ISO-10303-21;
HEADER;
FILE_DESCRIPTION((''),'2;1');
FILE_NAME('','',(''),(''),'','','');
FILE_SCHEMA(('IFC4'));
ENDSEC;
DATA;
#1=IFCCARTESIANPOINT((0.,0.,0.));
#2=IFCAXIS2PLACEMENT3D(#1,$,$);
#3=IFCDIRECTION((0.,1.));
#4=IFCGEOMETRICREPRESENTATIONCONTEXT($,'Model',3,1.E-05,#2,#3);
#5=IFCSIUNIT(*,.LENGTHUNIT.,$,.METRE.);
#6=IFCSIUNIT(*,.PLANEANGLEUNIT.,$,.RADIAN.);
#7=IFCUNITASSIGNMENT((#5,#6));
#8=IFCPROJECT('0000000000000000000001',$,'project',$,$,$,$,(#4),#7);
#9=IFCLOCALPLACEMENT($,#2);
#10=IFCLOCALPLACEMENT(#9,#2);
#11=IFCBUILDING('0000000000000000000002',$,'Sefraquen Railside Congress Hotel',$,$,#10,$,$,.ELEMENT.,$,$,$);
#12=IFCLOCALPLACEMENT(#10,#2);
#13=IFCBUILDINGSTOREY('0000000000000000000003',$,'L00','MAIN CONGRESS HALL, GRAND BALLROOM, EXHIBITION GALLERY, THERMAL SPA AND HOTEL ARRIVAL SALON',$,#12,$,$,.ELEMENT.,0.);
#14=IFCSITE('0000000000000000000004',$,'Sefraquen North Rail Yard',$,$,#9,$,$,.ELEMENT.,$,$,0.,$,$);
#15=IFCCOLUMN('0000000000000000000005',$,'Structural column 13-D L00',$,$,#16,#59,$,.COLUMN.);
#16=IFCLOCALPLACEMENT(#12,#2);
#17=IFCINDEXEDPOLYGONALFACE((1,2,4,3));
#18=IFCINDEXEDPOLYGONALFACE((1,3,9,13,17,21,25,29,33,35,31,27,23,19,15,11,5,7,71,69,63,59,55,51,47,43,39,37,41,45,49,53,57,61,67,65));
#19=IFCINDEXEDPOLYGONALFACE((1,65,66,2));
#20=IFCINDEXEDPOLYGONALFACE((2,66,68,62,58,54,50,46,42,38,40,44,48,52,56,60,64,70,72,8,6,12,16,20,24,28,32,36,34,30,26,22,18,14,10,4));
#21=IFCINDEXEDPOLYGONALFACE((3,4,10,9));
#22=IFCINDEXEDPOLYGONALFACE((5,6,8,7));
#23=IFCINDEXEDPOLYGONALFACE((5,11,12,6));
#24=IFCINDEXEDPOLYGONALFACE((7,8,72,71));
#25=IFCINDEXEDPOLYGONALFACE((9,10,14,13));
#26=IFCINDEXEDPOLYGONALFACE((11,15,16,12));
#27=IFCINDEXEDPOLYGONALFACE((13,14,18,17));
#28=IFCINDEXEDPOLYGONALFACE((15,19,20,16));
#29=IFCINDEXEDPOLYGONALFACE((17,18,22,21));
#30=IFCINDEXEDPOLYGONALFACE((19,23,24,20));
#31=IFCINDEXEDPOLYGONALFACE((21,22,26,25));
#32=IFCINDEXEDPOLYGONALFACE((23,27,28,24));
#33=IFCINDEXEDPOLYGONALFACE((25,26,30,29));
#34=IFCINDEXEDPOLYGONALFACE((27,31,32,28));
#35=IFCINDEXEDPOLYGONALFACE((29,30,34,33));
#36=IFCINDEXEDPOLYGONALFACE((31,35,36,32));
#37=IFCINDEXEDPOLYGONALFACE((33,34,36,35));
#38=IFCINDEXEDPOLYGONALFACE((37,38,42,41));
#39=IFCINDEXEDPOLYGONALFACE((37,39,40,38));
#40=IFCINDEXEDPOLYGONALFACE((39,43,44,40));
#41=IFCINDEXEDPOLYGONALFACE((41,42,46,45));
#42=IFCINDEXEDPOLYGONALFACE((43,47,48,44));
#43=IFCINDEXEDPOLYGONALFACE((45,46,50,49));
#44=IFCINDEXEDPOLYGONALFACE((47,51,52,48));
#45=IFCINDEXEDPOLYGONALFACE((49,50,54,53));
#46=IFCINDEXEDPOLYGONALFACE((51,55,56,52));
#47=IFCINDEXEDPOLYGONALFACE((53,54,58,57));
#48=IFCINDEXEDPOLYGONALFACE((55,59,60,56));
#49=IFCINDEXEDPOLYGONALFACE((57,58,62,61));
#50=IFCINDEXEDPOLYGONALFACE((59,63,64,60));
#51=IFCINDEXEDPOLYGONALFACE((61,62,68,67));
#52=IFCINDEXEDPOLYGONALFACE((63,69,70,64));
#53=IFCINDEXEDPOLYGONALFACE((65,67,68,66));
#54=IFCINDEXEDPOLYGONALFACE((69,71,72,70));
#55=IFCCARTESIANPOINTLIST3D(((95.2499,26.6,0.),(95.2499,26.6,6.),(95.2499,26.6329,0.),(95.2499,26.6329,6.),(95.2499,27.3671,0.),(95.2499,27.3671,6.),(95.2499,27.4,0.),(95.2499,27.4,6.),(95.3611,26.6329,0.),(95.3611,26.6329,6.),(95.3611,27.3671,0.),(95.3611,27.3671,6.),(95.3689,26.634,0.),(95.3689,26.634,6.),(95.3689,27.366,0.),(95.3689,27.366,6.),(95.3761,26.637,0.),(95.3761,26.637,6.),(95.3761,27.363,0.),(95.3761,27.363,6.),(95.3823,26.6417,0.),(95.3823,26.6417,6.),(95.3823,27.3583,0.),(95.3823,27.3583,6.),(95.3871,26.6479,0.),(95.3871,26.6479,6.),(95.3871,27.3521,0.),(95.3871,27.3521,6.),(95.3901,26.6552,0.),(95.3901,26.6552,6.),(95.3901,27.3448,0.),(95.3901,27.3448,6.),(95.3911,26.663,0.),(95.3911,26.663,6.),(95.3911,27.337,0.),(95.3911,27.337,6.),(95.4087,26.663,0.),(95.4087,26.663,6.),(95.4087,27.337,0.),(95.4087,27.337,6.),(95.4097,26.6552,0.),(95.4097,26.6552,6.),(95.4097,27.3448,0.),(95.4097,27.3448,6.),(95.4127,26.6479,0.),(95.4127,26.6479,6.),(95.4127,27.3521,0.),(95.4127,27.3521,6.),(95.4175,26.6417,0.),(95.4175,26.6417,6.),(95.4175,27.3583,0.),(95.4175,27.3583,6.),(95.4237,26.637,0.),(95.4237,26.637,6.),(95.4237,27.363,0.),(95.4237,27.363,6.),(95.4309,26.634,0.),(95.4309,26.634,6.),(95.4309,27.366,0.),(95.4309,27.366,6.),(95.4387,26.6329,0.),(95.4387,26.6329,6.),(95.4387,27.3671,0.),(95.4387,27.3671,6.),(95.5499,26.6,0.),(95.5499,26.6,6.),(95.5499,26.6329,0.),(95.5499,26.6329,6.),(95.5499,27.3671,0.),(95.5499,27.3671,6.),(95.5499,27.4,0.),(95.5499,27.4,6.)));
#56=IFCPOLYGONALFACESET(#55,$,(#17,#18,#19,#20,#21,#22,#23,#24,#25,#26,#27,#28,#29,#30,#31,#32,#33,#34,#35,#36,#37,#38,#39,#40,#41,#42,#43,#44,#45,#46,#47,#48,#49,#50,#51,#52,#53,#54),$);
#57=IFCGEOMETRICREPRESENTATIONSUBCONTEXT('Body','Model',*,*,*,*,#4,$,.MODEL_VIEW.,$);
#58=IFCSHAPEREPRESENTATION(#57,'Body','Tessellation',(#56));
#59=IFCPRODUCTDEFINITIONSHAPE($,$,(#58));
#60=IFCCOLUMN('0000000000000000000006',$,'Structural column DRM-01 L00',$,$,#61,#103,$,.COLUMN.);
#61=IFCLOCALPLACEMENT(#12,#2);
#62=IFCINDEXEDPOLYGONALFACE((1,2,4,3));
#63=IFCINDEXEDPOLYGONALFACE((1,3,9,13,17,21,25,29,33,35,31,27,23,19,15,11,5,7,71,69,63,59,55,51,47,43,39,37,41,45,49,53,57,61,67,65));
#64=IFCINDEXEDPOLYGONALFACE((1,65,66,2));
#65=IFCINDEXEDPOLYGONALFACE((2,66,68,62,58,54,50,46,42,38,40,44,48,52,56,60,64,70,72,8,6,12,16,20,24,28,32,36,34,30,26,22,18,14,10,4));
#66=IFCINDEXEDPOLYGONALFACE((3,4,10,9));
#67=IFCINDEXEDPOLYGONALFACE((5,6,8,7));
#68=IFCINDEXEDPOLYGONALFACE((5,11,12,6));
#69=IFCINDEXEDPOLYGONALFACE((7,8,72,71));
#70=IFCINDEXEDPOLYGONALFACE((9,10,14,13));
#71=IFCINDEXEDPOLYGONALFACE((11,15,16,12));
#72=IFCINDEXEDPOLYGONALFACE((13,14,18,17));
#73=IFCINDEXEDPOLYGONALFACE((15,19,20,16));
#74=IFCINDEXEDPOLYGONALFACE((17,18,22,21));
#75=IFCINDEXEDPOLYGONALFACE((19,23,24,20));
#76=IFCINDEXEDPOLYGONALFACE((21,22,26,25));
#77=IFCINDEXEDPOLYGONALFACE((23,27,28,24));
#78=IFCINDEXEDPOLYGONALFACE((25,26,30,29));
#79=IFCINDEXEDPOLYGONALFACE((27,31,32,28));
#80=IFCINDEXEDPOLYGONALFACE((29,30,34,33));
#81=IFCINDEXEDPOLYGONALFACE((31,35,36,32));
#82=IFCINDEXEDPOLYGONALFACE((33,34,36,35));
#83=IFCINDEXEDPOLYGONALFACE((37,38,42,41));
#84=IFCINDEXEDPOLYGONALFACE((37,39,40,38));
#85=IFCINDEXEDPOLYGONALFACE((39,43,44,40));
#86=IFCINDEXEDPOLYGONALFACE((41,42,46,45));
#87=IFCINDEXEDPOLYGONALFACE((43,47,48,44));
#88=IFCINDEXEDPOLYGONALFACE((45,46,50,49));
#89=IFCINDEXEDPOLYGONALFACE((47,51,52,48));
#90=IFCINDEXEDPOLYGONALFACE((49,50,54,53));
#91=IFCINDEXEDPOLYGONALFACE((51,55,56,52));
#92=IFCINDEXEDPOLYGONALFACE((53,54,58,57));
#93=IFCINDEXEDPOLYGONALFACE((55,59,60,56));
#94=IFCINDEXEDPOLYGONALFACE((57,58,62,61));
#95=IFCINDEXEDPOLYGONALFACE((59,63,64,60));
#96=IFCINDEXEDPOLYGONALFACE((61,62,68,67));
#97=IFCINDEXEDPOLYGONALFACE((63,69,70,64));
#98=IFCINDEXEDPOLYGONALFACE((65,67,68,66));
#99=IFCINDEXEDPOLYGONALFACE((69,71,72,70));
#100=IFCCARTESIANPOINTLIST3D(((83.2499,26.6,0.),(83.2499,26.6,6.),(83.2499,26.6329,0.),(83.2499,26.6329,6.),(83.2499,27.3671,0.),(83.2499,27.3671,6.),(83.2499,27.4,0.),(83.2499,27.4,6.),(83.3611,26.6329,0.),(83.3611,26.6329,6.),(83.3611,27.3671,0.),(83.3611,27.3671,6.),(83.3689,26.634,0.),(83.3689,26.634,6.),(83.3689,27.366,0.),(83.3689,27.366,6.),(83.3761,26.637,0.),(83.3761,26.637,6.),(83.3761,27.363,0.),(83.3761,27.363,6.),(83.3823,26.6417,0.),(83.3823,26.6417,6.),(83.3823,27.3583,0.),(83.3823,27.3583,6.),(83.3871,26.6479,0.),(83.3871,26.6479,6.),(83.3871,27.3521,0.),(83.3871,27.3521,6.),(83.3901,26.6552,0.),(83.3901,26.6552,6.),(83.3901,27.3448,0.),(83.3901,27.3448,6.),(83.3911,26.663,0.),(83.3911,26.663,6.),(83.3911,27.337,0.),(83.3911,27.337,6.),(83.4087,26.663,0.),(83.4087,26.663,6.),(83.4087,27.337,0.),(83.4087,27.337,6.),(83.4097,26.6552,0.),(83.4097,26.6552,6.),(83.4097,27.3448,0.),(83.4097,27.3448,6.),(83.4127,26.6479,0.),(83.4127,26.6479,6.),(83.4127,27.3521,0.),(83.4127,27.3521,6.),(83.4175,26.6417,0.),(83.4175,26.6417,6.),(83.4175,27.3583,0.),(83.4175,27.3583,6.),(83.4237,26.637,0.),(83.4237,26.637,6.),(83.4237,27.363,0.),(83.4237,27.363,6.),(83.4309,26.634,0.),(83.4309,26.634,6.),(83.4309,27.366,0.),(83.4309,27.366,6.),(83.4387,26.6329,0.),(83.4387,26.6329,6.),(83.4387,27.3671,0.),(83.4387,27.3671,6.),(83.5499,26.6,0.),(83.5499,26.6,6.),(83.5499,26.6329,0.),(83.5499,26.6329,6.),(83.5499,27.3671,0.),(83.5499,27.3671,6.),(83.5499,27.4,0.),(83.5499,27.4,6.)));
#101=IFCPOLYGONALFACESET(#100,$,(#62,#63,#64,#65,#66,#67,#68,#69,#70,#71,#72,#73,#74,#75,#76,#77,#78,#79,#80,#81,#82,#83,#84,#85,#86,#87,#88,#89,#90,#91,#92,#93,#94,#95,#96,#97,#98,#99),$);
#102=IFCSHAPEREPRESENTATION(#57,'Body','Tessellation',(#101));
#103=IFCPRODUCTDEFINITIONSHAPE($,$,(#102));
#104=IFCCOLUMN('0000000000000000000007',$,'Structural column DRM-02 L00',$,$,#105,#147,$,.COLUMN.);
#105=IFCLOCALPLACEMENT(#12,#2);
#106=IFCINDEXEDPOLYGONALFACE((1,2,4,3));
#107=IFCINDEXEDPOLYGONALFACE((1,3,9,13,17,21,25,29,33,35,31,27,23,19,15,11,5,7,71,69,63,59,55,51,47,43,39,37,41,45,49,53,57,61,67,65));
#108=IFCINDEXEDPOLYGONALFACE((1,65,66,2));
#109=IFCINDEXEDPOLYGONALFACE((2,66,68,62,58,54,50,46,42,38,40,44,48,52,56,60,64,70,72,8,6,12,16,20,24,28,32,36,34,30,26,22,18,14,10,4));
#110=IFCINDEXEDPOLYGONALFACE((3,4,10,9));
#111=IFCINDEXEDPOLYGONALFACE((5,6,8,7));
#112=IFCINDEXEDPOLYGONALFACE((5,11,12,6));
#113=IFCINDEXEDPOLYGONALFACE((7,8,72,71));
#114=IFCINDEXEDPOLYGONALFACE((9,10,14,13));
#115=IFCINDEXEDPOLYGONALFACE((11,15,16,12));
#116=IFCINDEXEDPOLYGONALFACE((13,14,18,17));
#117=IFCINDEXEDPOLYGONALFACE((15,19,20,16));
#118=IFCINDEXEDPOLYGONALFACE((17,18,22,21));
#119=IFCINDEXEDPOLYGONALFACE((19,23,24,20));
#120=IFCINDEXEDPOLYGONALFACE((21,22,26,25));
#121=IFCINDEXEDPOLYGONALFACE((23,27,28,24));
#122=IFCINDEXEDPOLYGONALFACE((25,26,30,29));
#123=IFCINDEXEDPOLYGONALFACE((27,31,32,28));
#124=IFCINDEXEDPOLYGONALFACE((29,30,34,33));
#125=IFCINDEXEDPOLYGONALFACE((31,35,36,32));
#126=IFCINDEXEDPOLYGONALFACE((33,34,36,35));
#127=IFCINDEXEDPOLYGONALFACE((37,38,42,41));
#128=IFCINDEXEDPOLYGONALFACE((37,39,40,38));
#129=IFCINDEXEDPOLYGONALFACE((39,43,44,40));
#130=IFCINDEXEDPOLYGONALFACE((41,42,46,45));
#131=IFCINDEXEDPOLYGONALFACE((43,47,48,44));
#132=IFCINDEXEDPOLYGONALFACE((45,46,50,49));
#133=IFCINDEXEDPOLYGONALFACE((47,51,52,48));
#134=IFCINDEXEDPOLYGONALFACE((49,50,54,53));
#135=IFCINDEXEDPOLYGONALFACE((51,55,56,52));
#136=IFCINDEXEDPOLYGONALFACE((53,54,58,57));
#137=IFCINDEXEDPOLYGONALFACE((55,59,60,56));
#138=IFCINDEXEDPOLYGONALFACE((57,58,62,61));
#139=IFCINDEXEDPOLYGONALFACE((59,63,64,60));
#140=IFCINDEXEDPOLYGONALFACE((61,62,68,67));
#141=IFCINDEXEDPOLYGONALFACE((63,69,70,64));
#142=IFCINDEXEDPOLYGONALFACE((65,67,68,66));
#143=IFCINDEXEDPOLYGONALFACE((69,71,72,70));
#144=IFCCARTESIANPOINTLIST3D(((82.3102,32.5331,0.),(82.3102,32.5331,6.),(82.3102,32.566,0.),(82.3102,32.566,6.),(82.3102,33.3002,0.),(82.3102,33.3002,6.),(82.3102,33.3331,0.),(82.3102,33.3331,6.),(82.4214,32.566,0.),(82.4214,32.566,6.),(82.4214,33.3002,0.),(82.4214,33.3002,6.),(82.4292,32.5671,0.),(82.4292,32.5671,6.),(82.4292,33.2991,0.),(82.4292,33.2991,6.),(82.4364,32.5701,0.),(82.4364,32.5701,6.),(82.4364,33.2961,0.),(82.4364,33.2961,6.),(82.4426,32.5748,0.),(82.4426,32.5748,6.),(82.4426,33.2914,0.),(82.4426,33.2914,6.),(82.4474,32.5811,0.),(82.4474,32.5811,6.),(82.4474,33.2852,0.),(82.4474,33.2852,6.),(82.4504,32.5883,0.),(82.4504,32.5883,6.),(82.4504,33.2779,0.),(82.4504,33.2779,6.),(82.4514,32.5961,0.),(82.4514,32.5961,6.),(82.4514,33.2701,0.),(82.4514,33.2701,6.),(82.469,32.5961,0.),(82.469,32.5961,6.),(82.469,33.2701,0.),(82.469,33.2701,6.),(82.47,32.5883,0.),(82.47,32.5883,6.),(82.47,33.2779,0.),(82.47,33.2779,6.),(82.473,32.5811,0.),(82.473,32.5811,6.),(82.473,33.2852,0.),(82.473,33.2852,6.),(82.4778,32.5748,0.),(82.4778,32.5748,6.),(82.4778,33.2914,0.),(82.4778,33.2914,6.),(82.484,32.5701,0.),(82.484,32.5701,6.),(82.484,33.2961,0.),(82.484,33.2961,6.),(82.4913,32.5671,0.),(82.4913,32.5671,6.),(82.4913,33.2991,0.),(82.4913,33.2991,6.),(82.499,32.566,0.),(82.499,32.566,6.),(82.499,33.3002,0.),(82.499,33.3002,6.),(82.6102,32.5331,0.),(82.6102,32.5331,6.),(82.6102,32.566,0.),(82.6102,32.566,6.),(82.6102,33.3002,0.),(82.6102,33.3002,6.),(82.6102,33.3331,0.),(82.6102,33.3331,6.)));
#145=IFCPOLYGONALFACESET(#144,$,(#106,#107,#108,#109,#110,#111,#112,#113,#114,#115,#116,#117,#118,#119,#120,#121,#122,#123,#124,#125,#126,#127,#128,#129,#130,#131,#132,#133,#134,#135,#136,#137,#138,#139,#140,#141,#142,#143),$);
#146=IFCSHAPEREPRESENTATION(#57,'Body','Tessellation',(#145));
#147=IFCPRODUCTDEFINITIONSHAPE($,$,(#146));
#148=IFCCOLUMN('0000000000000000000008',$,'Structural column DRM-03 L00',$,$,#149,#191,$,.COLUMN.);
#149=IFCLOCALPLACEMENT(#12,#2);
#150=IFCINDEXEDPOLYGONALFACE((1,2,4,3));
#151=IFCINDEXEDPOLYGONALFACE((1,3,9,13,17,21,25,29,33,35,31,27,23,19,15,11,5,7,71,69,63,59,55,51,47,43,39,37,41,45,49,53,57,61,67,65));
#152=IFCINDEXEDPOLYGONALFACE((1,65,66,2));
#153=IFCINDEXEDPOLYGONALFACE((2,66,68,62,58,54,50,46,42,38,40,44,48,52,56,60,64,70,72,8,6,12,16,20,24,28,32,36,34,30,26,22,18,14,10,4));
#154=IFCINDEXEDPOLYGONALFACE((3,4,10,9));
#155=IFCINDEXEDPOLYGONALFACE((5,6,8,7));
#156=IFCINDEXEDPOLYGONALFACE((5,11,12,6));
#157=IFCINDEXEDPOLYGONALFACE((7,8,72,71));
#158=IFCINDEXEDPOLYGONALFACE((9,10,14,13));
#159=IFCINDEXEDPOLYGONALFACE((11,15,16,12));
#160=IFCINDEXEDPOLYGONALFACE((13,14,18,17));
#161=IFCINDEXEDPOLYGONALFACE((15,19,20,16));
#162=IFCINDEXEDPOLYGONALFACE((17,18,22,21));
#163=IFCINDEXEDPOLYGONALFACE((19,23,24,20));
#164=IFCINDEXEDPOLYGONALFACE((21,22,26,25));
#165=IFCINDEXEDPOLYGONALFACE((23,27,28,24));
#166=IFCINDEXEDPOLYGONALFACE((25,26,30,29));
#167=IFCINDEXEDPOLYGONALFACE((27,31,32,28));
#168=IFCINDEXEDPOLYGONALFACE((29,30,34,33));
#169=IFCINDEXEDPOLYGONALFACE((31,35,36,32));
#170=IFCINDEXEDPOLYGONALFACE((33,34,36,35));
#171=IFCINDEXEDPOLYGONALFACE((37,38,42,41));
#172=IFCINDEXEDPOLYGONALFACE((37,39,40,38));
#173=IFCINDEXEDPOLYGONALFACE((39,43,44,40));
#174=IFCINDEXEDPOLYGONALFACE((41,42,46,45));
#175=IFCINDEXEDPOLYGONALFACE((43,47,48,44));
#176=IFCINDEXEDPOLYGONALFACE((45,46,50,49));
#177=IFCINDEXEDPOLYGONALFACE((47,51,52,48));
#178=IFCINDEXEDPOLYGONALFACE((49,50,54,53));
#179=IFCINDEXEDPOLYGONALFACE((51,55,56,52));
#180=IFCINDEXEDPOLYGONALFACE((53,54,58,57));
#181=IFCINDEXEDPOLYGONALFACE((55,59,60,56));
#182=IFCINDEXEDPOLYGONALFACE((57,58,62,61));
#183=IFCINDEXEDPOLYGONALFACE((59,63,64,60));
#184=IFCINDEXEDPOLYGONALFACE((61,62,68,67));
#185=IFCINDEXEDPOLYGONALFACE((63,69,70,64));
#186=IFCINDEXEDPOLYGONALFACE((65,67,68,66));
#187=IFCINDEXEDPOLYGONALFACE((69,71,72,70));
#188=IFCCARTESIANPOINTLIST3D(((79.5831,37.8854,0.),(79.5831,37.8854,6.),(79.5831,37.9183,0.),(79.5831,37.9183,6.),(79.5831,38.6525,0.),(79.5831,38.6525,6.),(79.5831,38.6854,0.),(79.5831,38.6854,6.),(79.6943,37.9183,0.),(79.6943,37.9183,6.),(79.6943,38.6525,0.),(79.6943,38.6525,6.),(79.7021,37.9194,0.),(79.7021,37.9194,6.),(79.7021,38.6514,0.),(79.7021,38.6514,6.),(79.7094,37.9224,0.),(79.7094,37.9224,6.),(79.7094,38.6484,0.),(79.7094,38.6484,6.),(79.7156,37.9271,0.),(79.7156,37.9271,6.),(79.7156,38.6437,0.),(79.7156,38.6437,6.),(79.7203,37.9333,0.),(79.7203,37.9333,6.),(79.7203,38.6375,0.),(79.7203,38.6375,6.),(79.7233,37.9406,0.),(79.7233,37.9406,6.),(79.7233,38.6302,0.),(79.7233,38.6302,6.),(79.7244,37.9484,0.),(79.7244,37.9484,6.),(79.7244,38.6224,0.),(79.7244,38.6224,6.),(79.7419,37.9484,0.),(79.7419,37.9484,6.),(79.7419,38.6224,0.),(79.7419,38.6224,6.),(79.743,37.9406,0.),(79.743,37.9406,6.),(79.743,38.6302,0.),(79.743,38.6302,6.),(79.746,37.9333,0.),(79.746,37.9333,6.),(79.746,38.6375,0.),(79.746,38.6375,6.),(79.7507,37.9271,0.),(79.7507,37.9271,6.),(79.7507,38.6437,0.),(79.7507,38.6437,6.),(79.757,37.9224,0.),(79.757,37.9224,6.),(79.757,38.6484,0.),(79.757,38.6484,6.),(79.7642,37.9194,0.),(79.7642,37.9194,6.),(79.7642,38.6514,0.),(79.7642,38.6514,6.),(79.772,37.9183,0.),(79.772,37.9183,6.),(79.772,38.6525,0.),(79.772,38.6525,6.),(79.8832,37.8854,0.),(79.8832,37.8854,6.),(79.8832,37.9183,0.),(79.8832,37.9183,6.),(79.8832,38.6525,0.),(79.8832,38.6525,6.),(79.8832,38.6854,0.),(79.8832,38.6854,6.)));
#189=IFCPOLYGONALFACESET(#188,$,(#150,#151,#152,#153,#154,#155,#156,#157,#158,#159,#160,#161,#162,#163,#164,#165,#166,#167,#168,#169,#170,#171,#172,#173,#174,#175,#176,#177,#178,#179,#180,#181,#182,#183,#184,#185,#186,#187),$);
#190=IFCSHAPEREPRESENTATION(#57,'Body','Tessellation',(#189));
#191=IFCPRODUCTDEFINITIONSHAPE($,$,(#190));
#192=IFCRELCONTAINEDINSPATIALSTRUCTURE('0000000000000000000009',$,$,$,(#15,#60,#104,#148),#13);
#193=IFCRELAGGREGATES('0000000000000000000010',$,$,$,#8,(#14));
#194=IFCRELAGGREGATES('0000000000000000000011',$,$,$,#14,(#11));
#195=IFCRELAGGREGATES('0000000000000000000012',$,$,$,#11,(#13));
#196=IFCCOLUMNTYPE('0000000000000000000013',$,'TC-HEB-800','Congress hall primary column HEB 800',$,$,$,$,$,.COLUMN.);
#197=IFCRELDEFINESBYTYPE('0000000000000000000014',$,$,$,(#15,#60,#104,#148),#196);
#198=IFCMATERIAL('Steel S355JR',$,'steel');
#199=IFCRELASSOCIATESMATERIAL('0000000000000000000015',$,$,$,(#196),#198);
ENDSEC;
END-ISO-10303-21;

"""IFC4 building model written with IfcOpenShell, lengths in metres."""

from ifc_helpers import new_model, si_unit, direction, frame, origin, origin_2d, place, context, subcontext, project, spatial, i_section, extrude, material, material_profile, profile_set, type_object, element, save


model = new_model("IFC4")

# Units and contexts
model_context = context("Model", 3, precision=1e-05, world=origin(), true_north=direction((0.0, 1.0)))
body_context = subcontext(model_context, "Body", "Model", "MODEL_VIEW")
ifc_project = project(units=[si_unit("LENGTHUNIT", "METRE"), si_unit("PLANEANGLEUNIT", "RADIAN")], contexts=[model_context])

# Site, building, storey
site_placement = place(None, origin())
site = spatial("IfcSite", under=ifc_project, at=site_placement, Name="Sefraquen North Rail Yard", CompositionType="ELEMENT", RefElevation=0.0)
building_placement = place(site_placement, origin())
building = spatial("IfcBuilding", under=site, at=building_placement, Name="Sefraquen Railside Congress Hotel", CompositionType="ELEMENT")
storey_placement = place(building_placement, origin())
storey = spatial("IfcBuildingStorey", under=building, at=storey_placement, Name="L00", Description="MAIN CONGRESS HALL, GRAND BALLROOM, EXHIBITION GALLERY, THERMAL SPA AND HOTEL ARRIVAL SALON", CompositionType="ELEMENT", Elevation=0.0)

# Columns
ifc_material_1 = material(Name="Steel S355JR", Category="steel")
ifc_material_profile_1 = material_profile(ifc_material_1, i_section(OverallWidth=0.3, OverallDepth=0.8, WebThickness=0.0176, FlangeThickness=0.033, FilletRadius=0.03, at=origin_2d()), Name="HEB 800")
ifc_profile_set_1 = profile_set([ifc_material_profile_1], Name="Steel S355JR")
column_type = type_object("IfcColumnType", Name="TC-HEB-800", Description="Congress hall primary column HEB 800", PredefinedType="COLUMN", material=ifc_profile_set_1)
for number, where, z_axis, x_axis, name in (
    (1, (95.3999, 27.0, 0.0), (0.0, 0.0, 1.0), (1.0, 0.0, 0.0), "Structural column 13-D L00"),
    (2, (83.3999, 27.0, 0.0), (0.0, 0.0, 1.0), (1.0, 0.0, 0.0), "Structural column DRM-01 L00"),
    (3, (82.4602, 32.9331, 0.0), (0.0, 0.0, 1.0), (1.0, 0.0, 0.0), "Structural column DRM-02 L00"),
    (4, (79.7332, 38.2854, 0.0), (0.0, 0.0, 1.0), (1.0, 0.0, 0.0), "Structural column DRM-03 L00"),
):
    element("IfcColumn", number, at=place(storey_placement, frame(where, z_axis=z_axis, x_axis=x_axis)), inside=storey, type_object=column_type, Name=name, PredefinedType="COLUMN", context=body_context, shape_type="SweptSolid", body=[
        extrude(i_section(OverallWidth=0.3, OverallDepth=0.8, WebThickness=0.0176, FlangeThickness=0.033, FilletRadius=0.03, at=origin_2d()), origin(), (0.0, 0.0, 1.0), 6.0),
    ])

save(model, "model.ifc")
